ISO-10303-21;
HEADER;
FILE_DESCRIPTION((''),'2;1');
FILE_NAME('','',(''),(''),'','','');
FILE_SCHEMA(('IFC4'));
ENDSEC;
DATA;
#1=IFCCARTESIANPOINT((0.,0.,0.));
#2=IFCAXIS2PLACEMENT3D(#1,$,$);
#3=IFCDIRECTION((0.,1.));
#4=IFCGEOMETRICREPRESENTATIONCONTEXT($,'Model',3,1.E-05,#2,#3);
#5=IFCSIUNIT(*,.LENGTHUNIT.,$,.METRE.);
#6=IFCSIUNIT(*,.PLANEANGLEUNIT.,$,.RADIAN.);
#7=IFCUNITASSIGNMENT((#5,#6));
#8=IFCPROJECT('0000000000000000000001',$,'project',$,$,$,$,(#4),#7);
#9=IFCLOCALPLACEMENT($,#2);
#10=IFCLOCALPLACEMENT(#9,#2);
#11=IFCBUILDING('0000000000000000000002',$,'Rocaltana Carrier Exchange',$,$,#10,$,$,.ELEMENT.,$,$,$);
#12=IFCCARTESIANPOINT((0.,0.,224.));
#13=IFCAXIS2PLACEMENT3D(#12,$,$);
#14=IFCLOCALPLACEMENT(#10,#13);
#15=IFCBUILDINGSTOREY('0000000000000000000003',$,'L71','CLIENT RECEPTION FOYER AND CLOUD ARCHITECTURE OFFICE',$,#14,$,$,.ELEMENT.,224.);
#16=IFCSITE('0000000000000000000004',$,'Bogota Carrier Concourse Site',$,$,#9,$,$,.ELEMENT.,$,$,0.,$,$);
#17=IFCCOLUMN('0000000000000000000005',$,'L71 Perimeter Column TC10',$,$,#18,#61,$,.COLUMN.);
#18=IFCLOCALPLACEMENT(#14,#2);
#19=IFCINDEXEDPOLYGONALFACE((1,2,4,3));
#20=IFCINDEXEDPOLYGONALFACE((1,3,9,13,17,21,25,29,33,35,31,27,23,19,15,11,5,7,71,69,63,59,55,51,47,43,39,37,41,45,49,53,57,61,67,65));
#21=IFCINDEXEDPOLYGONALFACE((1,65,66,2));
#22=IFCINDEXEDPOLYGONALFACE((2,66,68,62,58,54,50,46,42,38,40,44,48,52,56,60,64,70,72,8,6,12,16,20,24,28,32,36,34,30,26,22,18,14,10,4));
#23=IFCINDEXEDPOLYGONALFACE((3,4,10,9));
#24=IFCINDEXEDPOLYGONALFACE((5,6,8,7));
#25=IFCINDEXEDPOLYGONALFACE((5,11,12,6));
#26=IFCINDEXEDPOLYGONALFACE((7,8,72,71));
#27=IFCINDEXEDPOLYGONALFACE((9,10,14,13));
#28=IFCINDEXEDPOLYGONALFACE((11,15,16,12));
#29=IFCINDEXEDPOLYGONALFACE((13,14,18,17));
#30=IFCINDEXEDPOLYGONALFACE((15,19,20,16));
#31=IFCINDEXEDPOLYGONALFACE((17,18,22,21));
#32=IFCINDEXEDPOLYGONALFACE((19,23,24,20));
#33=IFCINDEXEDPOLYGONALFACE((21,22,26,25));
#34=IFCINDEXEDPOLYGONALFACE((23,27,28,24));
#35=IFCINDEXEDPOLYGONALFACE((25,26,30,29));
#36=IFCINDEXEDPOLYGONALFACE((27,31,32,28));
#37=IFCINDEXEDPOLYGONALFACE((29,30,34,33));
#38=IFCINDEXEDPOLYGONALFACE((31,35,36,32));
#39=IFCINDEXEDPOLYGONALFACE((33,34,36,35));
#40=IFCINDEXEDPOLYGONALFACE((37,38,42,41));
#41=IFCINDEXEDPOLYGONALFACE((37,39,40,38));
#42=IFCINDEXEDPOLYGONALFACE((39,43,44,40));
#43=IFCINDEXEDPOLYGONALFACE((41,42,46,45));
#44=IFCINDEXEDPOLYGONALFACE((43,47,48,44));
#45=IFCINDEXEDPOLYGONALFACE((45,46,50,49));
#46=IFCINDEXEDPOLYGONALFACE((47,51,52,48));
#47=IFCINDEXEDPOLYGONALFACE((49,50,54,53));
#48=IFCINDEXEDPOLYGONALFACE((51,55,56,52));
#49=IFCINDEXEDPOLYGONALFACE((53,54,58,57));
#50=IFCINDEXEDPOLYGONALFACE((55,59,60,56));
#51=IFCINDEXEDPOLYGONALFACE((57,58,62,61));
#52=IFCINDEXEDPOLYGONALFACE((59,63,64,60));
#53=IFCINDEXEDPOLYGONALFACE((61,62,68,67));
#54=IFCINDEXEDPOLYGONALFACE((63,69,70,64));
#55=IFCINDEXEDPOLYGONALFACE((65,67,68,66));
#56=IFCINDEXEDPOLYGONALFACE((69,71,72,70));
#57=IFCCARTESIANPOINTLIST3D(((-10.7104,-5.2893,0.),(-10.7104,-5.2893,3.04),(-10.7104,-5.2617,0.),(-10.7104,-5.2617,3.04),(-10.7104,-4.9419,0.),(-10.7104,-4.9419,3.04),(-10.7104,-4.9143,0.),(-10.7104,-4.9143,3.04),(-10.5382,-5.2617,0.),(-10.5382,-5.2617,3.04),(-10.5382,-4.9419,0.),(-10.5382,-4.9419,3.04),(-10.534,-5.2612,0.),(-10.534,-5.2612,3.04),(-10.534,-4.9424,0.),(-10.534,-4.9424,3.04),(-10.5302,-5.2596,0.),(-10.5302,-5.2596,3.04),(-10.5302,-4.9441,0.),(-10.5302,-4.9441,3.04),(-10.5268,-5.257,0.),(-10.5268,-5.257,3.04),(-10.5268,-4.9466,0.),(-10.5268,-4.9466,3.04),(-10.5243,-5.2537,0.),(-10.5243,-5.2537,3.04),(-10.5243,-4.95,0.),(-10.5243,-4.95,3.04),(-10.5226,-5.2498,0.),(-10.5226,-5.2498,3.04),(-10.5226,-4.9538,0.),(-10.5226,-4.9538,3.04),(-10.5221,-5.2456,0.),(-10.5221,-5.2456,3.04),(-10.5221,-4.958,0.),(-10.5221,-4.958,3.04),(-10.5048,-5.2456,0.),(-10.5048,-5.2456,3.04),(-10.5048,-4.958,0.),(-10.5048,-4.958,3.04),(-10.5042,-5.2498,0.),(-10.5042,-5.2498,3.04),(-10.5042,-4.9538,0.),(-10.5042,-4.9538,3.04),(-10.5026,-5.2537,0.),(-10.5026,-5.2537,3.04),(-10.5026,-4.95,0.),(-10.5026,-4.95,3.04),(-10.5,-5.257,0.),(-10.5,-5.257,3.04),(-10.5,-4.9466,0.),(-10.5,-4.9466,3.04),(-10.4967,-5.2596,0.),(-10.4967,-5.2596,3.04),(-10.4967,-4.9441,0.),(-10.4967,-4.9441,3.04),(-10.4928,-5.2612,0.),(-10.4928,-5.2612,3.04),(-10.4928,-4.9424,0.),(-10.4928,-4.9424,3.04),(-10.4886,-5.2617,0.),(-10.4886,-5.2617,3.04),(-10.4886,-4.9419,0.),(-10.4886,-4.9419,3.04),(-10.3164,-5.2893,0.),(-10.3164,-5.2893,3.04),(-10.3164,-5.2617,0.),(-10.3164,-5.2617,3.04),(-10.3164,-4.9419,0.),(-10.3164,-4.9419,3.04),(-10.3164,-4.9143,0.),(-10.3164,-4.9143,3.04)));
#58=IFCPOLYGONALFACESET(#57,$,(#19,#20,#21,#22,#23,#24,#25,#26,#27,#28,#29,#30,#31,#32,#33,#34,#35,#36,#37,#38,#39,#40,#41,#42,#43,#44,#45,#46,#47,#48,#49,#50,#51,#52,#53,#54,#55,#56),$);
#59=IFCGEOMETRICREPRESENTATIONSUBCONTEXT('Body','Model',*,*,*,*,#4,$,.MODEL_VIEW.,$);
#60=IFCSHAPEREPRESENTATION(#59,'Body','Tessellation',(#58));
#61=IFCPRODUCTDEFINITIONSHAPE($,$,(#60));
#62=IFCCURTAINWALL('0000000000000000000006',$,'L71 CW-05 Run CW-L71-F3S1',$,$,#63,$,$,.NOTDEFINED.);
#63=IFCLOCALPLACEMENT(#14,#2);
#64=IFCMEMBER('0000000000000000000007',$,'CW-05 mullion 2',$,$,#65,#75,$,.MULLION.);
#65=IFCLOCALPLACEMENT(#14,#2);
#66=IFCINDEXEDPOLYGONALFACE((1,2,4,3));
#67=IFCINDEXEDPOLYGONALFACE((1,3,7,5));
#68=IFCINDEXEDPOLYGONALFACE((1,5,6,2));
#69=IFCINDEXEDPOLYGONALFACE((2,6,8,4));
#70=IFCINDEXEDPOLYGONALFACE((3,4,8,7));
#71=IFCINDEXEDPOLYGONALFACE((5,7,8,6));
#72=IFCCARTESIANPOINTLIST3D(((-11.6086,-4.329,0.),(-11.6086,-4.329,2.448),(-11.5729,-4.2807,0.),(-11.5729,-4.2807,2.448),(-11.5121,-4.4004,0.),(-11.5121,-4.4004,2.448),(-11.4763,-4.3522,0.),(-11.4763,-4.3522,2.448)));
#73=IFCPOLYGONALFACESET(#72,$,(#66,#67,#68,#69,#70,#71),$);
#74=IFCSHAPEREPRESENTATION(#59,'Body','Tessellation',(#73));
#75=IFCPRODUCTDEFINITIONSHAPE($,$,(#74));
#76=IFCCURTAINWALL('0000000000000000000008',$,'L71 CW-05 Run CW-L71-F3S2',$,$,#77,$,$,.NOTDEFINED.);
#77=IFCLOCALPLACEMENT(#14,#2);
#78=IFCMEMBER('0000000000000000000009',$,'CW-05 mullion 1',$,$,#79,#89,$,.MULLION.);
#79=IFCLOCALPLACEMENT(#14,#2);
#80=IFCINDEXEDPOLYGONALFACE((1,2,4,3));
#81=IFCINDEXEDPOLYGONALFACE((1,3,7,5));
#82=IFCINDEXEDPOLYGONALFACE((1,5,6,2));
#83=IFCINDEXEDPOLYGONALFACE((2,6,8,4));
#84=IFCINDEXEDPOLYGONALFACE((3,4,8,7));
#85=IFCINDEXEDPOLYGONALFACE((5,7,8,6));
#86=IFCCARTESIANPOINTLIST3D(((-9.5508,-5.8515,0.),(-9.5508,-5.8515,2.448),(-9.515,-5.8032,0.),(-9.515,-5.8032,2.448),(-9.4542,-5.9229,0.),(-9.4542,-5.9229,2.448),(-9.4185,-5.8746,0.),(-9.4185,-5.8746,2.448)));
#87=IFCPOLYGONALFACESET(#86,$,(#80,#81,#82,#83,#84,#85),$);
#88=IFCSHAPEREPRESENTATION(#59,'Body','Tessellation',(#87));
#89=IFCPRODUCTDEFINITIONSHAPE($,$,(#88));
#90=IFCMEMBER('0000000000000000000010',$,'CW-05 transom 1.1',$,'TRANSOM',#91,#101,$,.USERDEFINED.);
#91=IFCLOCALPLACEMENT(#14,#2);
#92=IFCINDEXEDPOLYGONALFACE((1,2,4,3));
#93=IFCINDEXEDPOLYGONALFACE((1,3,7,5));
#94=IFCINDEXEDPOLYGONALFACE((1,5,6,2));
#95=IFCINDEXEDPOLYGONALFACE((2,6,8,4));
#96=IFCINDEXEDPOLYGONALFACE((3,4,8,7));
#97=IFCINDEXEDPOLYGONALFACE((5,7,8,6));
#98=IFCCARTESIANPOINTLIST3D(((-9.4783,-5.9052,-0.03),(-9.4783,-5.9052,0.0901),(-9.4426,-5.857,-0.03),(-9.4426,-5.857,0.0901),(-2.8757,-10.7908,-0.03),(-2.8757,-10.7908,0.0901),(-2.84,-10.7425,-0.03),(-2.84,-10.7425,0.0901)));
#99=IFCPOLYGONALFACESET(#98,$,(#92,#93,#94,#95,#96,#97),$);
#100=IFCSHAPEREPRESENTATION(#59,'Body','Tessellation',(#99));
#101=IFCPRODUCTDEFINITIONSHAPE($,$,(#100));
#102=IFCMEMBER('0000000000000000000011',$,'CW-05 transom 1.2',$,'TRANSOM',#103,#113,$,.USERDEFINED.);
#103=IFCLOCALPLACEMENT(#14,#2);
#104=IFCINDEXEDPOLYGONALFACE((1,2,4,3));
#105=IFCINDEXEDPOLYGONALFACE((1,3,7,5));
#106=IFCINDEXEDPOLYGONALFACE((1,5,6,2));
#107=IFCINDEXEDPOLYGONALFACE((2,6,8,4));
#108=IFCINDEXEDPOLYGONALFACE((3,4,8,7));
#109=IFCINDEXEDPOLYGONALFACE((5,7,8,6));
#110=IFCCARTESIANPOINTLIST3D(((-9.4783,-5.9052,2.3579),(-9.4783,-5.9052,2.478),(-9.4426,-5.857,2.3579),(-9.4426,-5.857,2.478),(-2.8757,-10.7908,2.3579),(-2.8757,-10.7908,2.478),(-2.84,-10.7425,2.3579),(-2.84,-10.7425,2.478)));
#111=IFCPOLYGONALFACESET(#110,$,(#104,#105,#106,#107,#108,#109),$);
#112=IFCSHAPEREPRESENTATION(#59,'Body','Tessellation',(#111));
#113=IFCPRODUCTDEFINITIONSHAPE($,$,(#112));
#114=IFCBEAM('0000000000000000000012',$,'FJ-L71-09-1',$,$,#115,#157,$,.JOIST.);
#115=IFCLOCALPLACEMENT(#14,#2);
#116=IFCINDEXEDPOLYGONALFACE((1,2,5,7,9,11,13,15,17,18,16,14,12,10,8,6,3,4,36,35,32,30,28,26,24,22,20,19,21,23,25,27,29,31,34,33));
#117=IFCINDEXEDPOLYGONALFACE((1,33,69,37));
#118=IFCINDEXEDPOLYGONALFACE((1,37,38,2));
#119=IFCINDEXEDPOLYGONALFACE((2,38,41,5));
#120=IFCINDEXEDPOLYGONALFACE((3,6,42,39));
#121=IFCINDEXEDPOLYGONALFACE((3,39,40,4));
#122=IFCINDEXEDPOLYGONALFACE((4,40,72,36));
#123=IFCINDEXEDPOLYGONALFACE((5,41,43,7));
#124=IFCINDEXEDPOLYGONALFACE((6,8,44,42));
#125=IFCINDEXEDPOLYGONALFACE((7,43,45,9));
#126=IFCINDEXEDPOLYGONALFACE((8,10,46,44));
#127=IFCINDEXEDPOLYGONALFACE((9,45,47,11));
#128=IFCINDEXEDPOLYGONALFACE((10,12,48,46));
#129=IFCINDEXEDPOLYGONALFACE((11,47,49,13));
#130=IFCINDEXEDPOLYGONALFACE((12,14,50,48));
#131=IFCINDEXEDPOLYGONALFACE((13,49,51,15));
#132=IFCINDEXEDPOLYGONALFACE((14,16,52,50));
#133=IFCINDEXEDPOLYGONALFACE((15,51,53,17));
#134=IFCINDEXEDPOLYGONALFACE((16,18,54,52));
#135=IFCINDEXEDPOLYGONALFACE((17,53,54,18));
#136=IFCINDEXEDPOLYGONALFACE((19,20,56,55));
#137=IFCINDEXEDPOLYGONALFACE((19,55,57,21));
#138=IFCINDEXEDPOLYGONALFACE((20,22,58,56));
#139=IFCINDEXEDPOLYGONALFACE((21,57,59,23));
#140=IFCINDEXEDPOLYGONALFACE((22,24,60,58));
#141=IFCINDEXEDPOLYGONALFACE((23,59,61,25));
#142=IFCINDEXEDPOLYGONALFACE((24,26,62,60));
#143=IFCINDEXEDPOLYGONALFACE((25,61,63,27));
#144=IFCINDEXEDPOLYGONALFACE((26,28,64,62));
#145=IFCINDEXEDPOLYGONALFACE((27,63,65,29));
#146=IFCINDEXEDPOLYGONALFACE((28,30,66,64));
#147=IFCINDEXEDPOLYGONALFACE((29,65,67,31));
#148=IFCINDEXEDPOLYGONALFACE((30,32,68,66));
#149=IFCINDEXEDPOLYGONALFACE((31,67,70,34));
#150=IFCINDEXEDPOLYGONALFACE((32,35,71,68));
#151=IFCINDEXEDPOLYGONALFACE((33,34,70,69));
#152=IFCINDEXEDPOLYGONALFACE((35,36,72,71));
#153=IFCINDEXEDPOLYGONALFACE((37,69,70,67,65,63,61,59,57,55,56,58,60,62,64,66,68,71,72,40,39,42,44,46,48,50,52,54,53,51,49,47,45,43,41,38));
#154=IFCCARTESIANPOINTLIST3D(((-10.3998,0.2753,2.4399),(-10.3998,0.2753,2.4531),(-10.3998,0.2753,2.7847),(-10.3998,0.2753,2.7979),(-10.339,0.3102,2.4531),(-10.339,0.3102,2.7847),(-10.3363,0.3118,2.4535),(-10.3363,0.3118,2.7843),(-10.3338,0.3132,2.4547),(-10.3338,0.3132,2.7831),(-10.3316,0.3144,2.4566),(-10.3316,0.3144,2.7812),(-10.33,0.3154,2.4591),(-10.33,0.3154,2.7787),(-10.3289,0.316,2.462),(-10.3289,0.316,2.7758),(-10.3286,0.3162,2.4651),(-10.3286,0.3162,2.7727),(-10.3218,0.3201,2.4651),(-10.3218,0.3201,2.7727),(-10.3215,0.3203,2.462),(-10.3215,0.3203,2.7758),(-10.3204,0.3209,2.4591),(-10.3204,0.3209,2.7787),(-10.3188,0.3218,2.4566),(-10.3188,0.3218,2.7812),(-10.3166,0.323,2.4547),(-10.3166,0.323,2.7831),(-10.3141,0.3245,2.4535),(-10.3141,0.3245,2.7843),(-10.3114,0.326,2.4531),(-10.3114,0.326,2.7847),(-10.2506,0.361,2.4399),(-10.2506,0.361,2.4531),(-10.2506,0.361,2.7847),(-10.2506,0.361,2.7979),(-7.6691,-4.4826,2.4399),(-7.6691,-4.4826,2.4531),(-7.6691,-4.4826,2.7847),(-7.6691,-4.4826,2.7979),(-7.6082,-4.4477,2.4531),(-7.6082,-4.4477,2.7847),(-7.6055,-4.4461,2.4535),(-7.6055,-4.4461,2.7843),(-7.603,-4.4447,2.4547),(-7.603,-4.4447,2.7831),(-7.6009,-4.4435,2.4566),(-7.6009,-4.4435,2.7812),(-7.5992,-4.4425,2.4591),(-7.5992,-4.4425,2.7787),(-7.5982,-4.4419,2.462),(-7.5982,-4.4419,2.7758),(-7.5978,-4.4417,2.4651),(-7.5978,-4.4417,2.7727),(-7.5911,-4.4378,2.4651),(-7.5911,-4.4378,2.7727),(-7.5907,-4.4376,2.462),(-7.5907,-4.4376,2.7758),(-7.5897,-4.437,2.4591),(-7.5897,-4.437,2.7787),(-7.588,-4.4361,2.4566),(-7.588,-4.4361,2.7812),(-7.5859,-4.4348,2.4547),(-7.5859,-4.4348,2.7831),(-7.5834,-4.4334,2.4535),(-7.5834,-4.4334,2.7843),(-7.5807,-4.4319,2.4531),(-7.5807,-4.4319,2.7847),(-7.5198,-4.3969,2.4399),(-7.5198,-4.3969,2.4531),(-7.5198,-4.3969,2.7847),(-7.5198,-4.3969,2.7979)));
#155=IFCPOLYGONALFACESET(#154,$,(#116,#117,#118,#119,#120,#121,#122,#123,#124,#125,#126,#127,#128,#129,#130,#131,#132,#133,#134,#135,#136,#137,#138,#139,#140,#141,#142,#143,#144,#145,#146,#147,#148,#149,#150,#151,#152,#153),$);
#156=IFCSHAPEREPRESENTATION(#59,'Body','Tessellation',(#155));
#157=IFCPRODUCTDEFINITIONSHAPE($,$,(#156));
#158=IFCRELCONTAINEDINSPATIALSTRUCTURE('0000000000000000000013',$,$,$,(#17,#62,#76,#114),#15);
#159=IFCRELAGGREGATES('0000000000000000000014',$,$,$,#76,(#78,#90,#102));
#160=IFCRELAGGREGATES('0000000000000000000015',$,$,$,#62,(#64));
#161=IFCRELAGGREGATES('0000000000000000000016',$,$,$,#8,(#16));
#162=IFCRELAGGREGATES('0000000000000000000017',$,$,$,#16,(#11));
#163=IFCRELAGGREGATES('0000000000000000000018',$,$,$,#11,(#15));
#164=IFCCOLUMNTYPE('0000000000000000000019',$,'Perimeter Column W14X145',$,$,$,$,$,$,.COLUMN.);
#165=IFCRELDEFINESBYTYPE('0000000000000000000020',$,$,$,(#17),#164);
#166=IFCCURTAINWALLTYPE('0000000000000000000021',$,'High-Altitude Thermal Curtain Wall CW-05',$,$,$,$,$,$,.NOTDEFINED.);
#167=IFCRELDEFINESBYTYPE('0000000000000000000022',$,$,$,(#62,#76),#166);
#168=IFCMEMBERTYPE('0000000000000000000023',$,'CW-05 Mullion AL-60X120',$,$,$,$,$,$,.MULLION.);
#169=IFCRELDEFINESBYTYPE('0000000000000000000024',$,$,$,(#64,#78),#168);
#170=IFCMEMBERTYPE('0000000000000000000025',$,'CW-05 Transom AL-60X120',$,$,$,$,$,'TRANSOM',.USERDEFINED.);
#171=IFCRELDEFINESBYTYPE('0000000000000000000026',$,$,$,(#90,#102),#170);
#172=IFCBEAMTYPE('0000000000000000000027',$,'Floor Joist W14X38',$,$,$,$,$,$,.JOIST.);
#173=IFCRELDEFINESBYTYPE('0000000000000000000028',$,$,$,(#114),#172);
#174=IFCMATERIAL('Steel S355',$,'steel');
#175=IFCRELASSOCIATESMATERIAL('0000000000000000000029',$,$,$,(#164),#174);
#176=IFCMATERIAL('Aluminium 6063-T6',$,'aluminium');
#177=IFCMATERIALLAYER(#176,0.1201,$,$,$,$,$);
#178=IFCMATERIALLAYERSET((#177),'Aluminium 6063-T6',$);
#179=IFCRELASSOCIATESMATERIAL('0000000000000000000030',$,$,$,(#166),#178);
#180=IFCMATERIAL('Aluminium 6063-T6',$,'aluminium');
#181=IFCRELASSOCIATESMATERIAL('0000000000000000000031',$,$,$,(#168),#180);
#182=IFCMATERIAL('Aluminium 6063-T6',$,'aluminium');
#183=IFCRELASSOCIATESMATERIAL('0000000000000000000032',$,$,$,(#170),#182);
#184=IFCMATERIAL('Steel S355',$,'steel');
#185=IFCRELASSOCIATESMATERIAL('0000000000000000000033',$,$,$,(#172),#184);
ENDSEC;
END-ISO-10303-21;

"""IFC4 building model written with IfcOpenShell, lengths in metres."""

from ifc_helpers import new_model, si_unit, direction, frame, origin, origin_2d, place, context, subcontext, project, spatial, rectangle, i_section, extrude, material, layer, layer_set, material_profile, profile_set, type_object, element, aggregate, save


model = new_model("IFC4")

# Units and contexts
model_context = context("Model", 3, precision=1e-05, world=origin(), true_north=direction((0.0, 1.0)))
body_context = subcontext(model_context, "Body", "Model", "MODEL_VIEW")
ifc_project = project(units=[si_unit("LENGTHUNIT", "METRE"), si_unit("PLANEANGLEUNIT", "RADIAN")], contexts=[model_context])

# Site, building, storey
site_placement = place(None, origin())
site = spatial("IfcSite", under=ifc_project, at=site_placement, Name="Bogota Carrier Concourse Site", CompositionType="ELEMENT", RefElevation=0.0)
building_placement = place(site_placement, origin())
building = spatial("IfcBuilding", under=site, at=building_placement, Name="Rocaltana Carrier Exchange", CompositionType="ELEMENT")
storey_placement = place(building_placement, frame((0.0, 0.0, 224.0)))
storey = spatial("IfcBuildingStorey", under=building, at=storey_placement, Name="L71", Description="CLIENT RECEPTION FOYER AND CLOUD ARCHITECTURE OFFICE", CompositionType="ELEMENT", Elevation=224.0)

# Column
ifc_material_1 = material(Name="Steel S355", Category="steel")
ifc_material_profile_1 = material_profile(ifc_material_1, i_section(OverallWidth=0.394, OverallDepth=0.375, WebThickness=0.0173, FlangeThickness=0.0276, FilletRadius=0.0161, at=origin_2d()), Name="W14X145")
ifc_profile_set_1 = profile_set([ifc_material_profile_1], Name="Steel S355")
column_type = type_object("IfcColumnType", Name="Perimeter Column W14X145", PredefinedType="COLUMN", material=ifc_profile_set_1)
column_placement = place(storey_placement, frame((-10.5134, -5.1018, 0.0), z_axis=(0.0, 0.0, 1.0), x_axis=(1.0, 0.0, 0.0)))
element("IfcColumn", 1, at=column_placement, inside=storey, type_object=column_type, Name="L71 Perimeter Column TC10", PredefinedType="COLUMN", context=body_context, shape_type="SweptSolid", body=[
    extrude(i_section(OverallWidth=0.394, OverallDepth=0.375, WebThickness=0.0173, FlangeThickness=0.0276, FilletRadius=0.0161, at=origin_2d()), origin(), (0.0, 0.0, 1.0), 3.04),
])

# Curtain wall, member
ifc_material_2 = material(Name="Aluminium 6063-T6", Category="aluminium")
ifc_layer_1 = layer(ifc_material_2, 0.1201)
ifc_layer_set_1 = layer_set([ifc_layer_1], Name="Aluminium 6063-T6")
curtain_wall_type = type_object("IfcCurtainWallType", Name="High-Altitude Thermal Curtain Wall CW-05", PredefinedType="NOTDEFINED", material=ifc_layer_set_1)
curtain_wall_1_placement = place(storey_placement, origin())
curtain_wall_1 = element("IfcCurtainWall", 2, at=curtain_wall_1_placement, inside=storey, type_object=curtain_wall_type, Name="L71 CW-05 Run CW-L71-F3S1", PredefinedType="NOTDEFINED")
ifc_material_3 = material(Name="Aluminium 6063-T6", Category="aluminium")
ifc_material_profile_2 = material_profile(ifc_material_3, rectangle(XDim=0.0601, YDim=0.1201, at=origin_2d()), Name="AL-60X120")
ifc_profile_set_2 = profile_set([ifc_material_profile_2], Name="Aluminium 6063-T6")
member_type_1 = type_object("IfcMemberType", Name="CW-05 Mullion AL-60X120", PredefinedType="MULLION", material=ifc_profile_set_2)
member_1_placement = place(storey_placement, frame((-11.5425, -4.3406, 0.0), z_axis=(0.0, 0.0, 1.0), x_axis=(0.594827, 0.803854, 0.0)))
member_1 = element("IfcMember", 3, at=member_1_placement, type_object=member_type_1, Name="CW-05 mullion 2", PredefinedType="MULLION", context=body_context, shape_type="SweptSolid", body=[
    extrude(rectangle(XDim=0.0601, YDim=0.1201, at=origin_2d()), origin(), (0.0, 0.0, 1.0), 2.448),
])

# Curtain wall, members
curtain_wall_2_placement = place(storey_placement, origin())
curtain_wall_2 = element("IfcCurtainWall", 4, at=curtain_wall_2_placement, inside=storey, type_object=curtain_wall_type, Name="L71 CW-05 Run CW-L71-F3S2", PredefinedType="NOTDEFINED")
member_2_placement = place(storey_placement, frame((-9.4846, -5.863, 0.0), z_axis=(0.0, 0.0, 1.0), x_axis=(0.594821, 0.803858, 0.0)))
member_2 = element("IfcMember", 5, at=member_2_placement, type_object=member_type_1, Name="CW-05 mullion 1", PredefinedType="MULLION", context=body_context, shape_type="SweptSolid", body=[
    extrude(rectangle(XDim=0.0601, YDim=0.1201, at=origin_2d()), origin(), (0.0, 0.0, 1.0), 2.448),
])
ifc_material_4 = material(Name="Aluminium 6063-T6", Category="aluminium")
ifc_material_profile_3 = material_profile(ifc_material_4, rectangle(XDim=0.0601, YDim=0.1201, at=origin_2d()), Name="AL-60X120")
ifc_profile_set_3 = profile_set([ifc_material_profile_3], Name="Aluminium 6063-T6")
member_type_2 = type_object("IfcMemberType", Name="CW-05 Transom AL-60X120", ElementType="TRANSOM", PredefinedType="USERDEFINED", material=ifc_profile_set_3)
member_3_placement = place(storey_placement, frame((-9.4604, -5.8811, 0.03), z_axis=(0.803864, -0.594813, 0.0), x_axis=(0.594813, 0.803864, 0.0)))
member_3 = element("IfcMember", 6, at=member_3_placement, type_object=member_type_2, Name="CW-05 transom 1.1", ObjectType="TRANSOM", PredefinedType="USERDEFINED", context=body_context, shape_type="SweptSolid", body=[
    extrude(rectangle(XDim=0.0601, YDim=0.1201, at=origin_2d()), origin(), (0.0, 0.0, 1.0), 8.2136),
])
member_4_placement = place(storey_placement, frame((-9.4604, -5.8811, 2.418), z_axis=(0.803864, -0.594813, 0.0), x_axis=(0.594813, 0.803864, 0.0)))
member_4 = element("IfcMember", 7, at=member_4_placement, type_object=member_type_2, Name="CW-05 transom 1.2", ObjectType="TRANSOM", PredefinedType="USERDEFINED", context=body_context, shape_type="SweptSolid", body=[
    extrude(rectangle(XDim=0.0601, YDim=0.1201, at=origin_2d()), origin(), (0.0, 0.0, 1.0), 8.2136),
])
aggregate(curtain_wall_2, [member_2, member_3, member_4])

# Beam
ifc_material_5 = material(Name="Steel S355", Category="steel")
ifc_material_profile_4 = material_profile(ifc_material_5, i_section(OverallWidth=0.1721, OverallDepth=0.3579, WebThickness=0.0078, FlangeThickness=0.0132, FilletRadius=0.012, at=origin_2d()), Name="W14X38")
ifc_profile_set_4 = profile_set([ifc_material_profile_4], Name="Steel S355")
beam_type_1 = type_object("IfcBeamType", Name="Floor Joist W14X38", PredefinedType="JOIST", material=ifc_profile_set_4)
beam_1_placement = place(storey_placement, frame((-10.3252, 0.3181, 2.6189), z_axis=(0.497782, -0.867302, 0.0), x_axis=(0.867302, 0.497782, 0.0)))
element("IfcBeam", 8, at=beam_1_placement, inside=storey, type_object=beam_type_1, Name="FJ-L71-09-1", PredefinedType="JOIST", context=body_context, shape_type="SweptSolid", body=[
    extrude(i_section(OverallWidth=0.1721, OverallDepth=0.3579, WebThickness=0.0078, FlangeThickness=0.0132, FilletRadius=0.012, at=origin_2d()), origin(), (0.0, 0.0, 1.0), 5.4858),
])

aggregate(curtain_wall_1, [member_1])

save(model, "model.ifc")
